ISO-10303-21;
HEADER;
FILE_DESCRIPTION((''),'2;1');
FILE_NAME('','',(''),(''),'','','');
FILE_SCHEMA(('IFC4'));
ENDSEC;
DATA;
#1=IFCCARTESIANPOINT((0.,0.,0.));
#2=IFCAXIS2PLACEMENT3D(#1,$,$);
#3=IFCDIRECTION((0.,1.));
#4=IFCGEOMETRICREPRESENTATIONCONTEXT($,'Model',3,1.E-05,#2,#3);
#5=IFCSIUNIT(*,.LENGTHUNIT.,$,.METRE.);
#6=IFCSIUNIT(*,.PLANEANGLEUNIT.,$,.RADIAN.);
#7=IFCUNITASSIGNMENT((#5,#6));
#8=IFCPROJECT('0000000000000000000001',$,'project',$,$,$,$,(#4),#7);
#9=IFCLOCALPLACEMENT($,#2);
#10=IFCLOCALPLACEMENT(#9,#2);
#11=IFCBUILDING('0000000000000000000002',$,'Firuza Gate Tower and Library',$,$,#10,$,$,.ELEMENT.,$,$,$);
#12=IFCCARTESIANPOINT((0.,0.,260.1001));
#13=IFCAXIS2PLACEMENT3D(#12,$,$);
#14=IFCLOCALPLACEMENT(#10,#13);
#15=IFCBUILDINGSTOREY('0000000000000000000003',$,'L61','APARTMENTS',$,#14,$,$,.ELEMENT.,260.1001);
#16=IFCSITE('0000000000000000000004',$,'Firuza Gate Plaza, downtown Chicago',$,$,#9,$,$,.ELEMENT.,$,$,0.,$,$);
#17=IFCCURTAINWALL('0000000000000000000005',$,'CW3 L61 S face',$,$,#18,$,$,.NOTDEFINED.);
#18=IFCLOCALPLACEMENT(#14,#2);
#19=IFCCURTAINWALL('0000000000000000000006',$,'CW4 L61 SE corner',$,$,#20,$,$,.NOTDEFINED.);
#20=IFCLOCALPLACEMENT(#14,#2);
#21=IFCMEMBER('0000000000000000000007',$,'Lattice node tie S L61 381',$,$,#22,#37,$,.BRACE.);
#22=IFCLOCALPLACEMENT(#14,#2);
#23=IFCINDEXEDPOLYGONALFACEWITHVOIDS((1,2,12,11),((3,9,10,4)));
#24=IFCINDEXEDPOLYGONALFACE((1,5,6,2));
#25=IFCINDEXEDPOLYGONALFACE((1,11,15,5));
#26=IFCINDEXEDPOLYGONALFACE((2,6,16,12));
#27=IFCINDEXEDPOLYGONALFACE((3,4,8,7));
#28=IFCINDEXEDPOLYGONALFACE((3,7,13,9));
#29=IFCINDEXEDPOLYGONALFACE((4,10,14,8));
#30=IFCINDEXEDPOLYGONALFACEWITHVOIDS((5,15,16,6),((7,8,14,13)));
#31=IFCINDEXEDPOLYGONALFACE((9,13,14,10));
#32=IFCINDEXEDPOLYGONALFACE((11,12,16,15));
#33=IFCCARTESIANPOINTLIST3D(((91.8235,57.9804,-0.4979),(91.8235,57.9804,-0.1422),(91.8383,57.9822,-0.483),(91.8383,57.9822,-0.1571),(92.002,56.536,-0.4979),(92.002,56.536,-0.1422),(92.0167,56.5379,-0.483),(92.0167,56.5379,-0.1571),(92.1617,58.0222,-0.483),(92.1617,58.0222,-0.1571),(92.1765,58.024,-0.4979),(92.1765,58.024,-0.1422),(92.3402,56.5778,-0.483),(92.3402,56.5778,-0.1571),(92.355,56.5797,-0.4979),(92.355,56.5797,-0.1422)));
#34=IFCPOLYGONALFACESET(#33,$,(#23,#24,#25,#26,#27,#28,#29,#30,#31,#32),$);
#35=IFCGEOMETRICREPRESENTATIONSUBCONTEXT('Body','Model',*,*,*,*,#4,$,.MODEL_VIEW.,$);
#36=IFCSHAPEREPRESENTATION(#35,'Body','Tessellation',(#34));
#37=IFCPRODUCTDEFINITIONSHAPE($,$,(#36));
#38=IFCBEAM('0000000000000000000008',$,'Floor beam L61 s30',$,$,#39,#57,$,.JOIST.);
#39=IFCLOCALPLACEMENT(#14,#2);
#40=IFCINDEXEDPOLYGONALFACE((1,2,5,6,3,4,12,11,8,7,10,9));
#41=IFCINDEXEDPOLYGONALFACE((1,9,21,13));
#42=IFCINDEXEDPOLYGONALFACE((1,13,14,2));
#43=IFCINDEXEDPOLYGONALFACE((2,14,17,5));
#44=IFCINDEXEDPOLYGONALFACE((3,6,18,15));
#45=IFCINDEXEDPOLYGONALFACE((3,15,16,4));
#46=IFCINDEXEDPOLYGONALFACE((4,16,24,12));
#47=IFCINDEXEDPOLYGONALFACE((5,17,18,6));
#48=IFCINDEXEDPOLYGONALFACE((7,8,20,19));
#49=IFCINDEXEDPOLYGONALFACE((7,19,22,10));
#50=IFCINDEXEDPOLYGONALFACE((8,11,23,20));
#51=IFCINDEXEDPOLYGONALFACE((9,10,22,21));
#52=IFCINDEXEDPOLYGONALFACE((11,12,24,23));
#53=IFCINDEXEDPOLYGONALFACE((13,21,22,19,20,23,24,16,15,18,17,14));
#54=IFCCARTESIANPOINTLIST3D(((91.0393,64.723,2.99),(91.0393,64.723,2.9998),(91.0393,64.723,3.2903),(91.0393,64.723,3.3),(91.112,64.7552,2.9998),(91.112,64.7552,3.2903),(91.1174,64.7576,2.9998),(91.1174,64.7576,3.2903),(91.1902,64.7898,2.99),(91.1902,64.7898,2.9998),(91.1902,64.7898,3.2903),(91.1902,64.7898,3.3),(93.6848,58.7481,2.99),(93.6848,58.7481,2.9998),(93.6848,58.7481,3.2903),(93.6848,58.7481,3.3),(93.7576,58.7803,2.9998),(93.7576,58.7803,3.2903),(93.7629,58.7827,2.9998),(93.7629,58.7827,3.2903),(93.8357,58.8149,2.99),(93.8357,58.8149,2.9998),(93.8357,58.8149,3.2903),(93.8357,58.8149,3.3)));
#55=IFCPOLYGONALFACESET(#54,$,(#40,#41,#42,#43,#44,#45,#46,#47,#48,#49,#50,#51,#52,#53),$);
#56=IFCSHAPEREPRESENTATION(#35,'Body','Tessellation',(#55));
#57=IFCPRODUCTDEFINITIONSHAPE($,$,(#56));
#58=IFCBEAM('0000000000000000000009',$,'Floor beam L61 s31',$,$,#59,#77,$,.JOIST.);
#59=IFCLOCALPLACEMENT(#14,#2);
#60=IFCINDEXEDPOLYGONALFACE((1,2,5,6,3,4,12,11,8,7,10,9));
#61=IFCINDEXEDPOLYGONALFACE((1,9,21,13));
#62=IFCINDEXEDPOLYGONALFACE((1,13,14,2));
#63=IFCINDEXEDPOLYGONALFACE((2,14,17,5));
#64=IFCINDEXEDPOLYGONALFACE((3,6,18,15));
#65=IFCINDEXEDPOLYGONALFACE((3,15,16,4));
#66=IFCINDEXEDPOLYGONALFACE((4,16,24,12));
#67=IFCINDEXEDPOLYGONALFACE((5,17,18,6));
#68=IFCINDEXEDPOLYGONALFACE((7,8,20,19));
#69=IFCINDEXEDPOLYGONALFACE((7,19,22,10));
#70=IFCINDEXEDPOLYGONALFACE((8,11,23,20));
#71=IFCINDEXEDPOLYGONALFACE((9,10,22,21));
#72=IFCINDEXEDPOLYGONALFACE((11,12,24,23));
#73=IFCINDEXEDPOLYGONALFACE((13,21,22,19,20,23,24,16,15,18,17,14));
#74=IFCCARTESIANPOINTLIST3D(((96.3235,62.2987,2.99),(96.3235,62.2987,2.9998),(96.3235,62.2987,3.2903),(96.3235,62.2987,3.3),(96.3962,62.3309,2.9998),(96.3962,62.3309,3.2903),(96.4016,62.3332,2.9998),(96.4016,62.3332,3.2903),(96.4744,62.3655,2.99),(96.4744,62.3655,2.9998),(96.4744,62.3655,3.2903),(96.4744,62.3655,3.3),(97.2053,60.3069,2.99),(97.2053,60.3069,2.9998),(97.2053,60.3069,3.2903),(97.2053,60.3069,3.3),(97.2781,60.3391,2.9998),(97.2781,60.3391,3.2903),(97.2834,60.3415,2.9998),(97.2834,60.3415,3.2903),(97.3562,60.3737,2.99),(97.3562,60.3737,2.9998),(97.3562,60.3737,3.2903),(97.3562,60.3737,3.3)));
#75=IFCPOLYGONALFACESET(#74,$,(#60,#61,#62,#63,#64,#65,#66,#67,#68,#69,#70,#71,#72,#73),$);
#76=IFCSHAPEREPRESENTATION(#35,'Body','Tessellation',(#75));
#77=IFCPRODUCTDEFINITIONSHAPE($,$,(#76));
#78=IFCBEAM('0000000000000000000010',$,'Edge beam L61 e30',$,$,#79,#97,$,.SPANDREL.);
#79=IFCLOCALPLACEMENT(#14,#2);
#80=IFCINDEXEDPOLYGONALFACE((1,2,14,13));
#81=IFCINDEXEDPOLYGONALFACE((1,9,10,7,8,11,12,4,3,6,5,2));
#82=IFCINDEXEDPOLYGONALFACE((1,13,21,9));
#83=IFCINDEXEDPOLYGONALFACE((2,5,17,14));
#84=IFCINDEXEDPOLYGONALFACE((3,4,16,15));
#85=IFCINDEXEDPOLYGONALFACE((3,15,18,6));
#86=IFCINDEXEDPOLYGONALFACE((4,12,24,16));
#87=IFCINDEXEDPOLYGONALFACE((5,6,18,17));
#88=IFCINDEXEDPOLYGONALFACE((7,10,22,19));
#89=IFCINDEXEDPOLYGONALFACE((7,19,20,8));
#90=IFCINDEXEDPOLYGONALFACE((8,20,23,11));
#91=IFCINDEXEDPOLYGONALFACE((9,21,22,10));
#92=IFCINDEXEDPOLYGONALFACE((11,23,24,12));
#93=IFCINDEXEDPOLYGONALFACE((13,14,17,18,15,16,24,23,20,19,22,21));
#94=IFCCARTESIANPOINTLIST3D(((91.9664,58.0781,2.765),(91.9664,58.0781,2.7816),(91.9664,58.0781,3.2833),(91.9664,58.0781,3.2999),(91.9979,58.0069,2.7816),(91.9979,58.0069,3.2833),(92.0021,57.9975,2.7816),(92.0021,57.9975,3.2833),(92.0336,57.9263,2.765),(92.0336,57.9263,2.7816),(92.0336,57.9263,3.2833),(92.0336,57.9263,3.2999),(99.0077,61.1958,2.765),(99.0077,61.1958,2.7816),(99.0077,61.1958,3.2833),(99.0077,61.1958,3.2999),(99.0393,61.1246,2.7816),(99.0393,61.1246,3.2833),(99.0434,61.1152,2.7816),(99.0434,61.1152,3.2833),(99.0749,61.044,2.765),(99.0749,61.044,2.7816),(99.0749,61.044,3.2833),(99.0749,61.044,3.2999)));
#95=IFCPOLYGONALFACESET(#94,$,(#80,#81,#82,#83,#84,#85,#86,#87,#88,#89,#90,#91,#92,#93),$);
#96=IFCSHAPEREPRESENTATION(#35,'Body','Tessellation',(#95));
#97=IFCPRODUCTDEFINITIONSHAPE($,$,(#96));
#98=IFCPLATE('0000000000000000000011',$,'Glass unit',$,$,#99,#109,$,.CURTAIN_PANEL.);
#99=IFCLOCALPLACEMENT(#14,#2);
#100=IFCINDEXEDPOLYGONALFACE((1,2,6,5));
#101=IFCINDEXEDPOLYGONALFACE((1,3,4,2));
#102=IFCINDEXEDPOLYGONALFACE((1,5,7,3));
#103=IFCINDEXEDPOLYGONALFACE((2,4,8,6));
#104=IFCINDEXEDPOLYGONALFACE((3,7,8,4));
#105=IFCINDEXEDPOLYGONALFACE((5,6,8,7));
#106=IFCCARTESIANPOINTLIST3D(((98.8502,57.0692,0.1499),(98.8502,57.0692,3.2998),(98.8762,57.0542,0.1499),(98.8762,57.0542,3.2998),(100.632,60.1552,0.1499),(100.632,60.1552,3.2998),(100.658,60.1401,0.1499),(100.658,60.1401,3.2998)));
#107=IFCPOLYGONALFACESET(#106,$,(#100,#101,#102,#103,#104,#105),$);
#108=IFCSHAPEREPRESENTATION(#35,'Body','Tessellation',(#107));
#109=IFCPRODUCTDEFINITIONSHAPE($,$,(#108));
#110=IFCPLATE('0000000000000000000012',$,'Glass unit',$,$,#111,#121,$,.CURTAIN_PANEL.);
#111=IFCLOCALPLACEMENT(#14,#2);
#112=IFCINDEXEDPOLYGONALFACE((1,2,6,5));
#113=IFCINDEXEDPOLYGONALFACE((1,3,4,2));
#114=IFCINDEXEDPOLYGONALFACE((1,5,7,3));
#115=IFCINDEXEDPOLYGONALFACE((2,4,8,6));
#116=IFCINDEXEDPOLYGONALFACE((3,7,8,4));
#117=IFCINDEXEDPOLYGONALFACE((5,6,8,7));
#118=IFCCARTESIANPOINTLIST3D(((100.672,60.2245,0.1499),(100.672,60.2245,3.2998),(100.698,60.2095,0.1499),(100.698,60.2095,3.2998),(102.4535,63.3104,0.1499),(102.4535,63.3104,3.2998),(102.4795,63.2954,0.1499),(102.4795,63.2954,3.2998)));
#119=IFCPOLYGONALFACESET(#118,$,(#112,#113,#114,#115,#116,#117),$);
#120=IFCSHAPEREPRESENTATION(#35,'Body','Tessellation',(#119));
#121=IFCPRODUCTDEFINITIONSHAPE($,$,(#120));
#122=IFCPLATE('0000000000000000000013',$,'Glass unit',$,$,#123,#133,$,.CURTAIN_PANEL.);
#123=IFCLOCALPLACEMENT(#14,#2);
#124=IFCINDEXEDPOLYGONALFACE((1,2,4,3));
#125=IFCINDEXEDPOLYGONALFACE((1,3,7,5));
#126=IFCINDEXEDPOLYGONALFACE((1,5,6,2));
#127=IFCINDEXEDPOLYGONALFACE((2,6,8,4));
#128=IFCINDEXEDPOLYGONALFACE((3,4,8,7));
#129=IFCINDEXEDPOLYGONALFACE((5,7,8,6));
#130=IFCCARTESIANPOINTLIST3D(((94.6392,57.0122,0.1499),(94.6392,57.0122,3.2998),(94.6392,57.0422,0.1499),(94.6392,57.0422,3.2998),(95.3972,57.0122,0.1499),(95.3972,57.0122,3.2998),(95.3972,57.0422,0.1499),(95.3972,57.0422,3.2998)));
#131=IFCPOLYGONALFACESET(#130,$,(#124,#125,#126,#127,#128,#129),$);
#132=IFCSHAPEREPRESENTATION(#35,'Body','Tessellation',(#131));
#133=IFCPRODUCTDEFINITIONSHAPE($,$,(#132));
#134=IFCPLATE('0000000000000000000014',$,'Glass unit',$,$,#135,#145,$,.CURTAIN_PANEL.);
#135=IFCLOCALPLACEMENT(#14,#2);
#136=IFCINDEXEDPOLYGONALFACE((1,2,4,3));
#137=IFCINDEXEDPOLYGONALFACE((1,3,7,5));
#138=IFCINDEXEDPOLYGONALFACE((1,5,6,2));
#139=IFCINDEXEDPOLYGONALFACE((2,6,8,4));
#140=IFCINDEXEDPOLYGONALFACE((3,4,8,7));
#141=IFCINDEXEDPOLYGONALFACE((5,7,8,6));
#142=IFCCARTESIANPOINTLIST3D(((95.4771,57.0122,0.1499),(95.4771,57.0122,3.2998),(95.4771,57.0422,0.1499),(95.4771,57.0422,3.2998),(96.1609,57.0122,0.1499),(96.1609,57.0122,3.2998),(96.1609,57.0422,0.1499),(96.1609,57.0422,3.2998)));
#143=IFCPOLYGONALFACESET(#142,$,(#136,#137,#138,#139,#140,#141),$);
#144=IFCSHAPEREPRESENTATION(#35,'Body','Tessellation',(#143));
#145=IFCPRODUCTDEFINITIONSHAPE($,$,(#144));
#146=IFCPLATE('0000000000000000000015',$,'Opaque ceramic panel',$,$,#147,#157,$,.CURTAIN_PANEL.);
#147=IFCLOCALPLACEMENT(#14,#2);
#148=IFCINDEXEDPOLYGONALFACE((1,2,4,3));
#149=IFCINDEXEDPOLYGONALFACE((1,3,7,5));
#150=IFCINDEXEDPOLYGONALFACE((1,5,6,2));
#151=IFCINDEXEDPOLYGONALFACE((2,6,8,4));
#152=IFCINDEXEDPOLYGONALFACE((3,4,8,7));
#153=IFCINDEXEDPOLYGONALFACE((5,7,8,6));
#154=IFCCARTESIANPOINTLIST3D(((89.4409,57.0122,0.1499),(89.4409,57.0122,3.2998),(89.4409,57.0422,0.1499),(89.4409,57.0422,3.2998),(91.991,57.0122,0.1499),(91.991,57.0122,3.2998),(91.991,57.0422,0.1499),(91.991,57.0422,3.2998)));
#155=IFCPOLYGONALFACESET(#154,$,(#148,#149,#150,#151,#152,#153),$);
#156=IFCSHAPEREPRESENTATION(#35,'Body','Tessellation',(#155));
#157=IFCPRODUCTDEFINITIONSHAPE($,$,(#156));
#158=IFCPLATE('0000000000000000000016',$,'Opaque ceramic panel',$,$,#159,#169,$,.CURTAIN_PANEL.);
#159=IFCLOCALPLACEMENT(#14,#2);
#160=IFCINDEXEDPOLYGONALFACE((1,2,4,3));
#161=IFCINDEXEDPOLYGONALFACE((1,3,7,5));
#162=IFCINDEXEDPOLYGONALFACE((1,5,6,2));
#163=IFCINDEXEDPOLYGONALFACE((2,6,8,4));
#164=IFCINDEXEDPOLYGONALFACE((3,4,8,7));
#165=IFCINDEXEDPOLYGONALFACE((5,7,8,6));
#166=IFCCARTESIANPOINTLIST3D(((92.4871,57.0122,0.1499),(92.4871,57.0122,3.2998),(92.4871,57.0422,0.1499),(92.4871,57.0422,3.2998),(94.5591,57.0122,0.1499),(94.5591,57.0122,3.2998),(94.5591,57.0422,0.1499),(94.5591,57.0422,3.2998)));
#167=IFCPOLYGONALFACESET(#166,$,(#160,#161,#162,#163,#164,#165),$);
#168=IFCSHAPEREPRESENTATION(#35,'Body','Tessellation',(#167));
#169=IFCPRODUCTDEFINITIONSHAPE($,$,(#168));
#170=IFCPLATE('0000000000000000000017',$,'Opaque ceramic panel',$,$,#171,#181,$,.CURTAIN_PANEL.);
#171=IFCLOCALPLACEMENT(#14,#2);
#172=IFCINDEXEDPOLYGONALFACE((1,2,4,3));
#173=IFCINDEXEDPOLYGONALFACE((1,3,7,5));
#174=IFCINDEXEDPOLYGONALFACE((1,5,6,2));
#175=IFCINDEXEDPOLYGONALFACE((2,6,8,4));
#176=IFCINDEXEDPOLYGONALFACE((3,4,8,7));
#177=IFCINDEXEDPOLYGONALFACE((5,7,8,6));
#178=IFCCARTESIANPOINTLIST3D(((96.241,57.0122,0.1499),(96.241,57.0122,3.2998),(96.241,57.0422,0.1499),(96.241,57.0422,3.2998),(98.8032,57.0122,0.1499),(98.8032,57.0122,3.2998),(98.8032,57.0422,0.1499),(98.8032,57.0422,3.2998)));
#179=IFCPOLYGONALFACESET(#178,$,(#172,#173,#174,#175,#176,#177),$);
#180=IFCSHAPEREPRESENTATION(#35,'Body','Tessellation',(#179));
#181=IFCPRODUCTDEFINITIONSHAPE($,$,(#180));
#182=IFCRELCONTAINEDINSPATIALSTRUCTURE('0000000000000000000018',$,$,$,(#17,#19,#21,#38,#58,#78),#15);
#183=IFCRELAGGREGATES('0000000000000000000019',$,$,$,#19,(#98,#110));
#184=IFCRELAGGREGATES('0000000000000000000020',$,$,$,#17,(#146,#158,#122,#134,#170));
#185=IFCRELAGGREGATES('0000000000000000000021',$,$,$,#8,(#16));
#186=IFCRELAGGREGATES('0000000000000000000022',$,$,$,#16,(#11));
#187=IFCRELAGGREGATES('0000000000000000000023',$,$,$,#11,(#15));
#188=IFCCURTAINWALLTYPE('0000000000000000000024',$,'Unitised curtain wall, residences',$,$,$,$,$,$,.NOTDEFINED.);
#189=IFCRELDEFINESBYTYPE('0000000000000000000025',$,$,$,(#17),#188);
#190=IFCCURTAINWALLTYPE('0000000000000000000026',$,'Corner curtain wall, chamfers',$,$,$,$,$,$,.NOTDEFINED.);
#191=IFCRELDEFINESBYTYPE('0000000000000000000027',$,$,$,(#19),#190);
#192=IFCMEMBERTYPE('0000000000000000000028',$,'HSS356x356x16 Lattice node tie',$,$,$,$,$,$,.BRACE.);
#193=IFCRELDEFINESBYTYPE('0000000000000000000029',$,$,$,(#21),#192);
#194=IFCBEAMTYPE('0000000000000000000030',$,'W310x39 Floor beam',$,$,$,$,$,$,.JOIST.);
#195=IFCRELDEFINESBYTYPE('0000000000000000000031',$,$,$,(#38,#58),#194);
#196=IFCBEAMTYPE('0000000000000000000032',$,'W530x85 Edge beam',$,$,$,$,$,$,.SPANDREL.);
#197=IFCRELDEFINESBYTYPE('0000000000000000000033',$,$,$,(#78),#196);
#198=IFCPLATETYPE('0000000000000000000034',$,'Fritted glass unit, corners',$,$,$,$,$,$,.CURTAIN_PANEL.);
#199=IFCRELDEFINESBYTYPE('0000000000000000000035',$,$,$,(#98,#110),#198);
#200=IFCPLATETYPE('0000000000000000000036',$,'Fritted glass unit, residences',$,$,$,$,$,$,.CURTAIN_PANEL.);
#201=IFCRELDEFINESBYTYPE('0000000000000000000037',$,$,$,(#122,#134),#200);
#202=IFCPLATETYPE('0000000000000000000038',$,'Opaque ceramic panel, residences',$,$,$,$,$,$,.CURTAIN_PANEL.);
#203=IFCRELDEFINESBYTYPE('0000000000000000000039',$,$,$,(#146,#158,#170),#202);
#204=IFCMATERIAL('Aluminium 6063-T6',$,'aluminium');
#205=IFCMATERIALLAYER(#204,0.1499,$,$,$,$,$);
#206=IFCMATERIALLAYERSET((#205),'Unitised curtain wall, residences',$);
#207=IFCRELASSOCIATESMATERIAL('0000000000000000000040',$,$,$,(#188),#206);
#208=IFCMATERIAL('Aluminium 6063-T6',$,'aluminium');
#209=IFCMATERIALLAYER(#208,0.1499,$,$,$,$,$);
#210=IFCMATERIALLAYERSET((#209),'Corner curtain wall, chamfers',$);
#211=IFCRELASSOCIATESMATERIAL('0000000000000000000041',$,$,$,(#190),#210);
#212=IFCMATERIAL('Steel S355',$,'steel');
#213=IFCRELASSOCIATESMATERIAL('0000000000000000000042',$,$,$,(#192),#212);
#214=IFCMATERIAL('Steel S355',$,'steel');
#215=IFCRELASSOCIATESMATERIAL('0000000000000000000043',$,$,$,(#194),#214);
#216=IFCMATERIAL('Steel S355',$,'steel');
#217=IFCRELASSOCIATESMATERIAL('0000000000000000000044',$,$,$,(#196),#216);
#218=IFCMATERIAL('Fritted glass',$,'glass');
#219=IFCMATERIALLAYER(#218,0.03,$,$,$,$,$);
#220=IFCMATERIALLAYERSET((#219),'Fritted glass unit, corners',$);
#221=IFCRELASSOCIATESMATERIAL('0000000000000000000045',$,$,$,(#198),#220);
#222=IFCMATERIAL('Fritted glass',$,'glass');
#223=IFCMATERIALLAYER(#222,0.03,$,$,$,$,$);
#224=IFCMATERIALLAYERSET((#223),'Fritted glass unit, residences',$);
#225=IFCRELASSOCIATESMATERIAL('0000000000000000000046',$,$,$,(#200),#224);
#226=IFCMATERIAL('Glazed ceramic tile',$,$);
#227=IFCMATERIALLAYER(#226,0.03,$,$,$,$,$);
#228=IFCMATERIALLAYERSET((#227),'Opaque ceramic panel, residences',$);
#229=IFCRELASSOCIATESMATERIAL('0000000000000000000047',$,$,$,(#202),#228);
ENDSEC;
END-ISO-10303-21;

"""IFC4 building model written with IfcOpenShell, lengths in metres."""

from ifc_helpers import new_model, si_unit, direction, frame, origin, origin_2d, place, context, subcontext, project, spatial, polyline, hollow_rectangle, i_section, outline, extrude, material, layer, layer_set, material_profile, profile_set, type_object, element, aggregate, save


model = new_model("IFC4")

# Units and contexts
model_context = context("Model", 3, precision=1e-05, world=origin(), true_north=direction((0.0, 1.0)))
body_context = subcontext(model_context, "Body", "Model", "MODEL_VIEW")
ifc_project = project(units=[si_unit("LENGTHUNIT", "METRE"), si_unit("PLANEANGLEUNIT", "RADIAN")], contexts=[model_context])

# Site, building, storey
site_placement = place(None, origin())
site = spatial("IfcSite", under=ifc_project, at=site_placement, Name="Firuza Gate Plaza, downtown Chicago", CompositionType="ELEMENT", RefElevation=0.0)
building_placement = place(site_placement, origin())
building = spatial("IfcBuilding", under=site, at=building_placement, Name="Firuza Gate Tower and Library", CompositionType="ELEMENT")
storey_placement = place(building_placement, frame((0.0, 0.0, 260.1001)))
storey = spatial("IfcBuildingStorey", under=building, at=storey_placement, Name="L61", Description="APARTMENTS", CompositionType="ELEMENT", Elevation=260.1001)

# Curtain walls
ifc_material_1 = material(Name="Aluminium 6063-T6", Category="aluminium")
ifc_layer_1 = layer(ifc_material_1, 0.1499)
ifc_layer_set_1 = layer_set([ifc_layer_1], Name="Unitised curtain wall, residences")
curtain_wall_type_1 = type_object("IfcCurtainWallType", Name="Unitised curtain wall, residences", PredefinedType="NOTDEFINED", material=ifc_layer_set_1)
placement = place(storey_placement, origin())
curtain_wall_1 = element("IfcCurtainWall", 1, at=placement, inside=storey, type_object=curtain_wall_type_1, Name="CW3 L61 S face", PredefinedType="NOTDEFINED")
ifc_material_2 = material(Name="Aluminium 6063-T6", Category="aluminium")
ifc_layer_2 = layer(ifc_material_2, 0.1499)
ifc_layer_set_2 = layer_set([ifc_layer_2], Name="Corner curtain wall, chamfers")
curtain_wall_type_2 = type_object("IfcCurtainWallType", Name="Corner curtain wall, chamfers", PredefinedType="NOTDEFINED", material=ifc_layer_set_2)
curtain_wall_2 = element("IfcCurtainWall", 2, at=placement, inside=storey, type_object=curtain_wall_type_2, Name="CW4 L61 SE corner", PredefinedType="NOTDEFINED")

# Member
ifc_material_3 = material(Name="Steel S355", Category="steel")
ifc_material_profile_1 = material_profile(ifc_material_3, hollow_rectangle(XDim=0.3557, YDim=0.3557, WallThickness=0.0149, at=origin_2d()))
ifc_profile_set_1 = profile_set([ifc_material_profile_1], Name="Steel S355")
member_type_1 = type_object("IfcMemberType", Name="HSS356x356x16 Lattice node tie", PredefinedType="BRACE", material=ifc_profile_set_1)
member_1_placement = place(storey_placement, frame((92.0, 58.0022, -0.3201), z_axis=(0.122631, -0.992452, 0.0), x_axis=(0.992452, 0.122631, 0.0)))
element("IfcMember", 3, at=member_1_placement, inside=storey, type_object=member_type_1, Name="Lattice node tie S L61 381", PredefinedType="BRACE", context=body_context, shape_type="SweptSolid", body=[
    extrude(hollow_rectangle(XDim=0.3557, YDim=0.3557, WallThickness=0.0149, at=origin_2d()), origin(), (0.0, 0.0, 1.0), 1.4553),
])

# Beams
ifc_material_4 = material(Name="Steel S355", Category="steel")
ifc_material_profile_2 = material_profile(ifc_material_4, i_section(OverallWidth=0.165, OverallDepth=0.3101, WebThickness=0.0059, FlangeThickness=0.0098, at=origin_2d()))
ifc_profile_set_2 = profile_set([ifc_material_profile_2], Name="Steel S355")
beam_type_1 = type_object("IfcBeamType", Name="W310x39 Floor beam", PredefinedType="JOIST", material=ifc_profile_set_2)
beam_1_placement = place(storey_placement, frame((93.7603, 58.7815, 3.145), z_axis=(-0.404862, 0.914378, 0.0), x_axis=(-0.914378, -0.404862, 0.0)))
element("IfcBeam", 4, at=beam_1_placement, inside=storey, type_object=beam_type_1, Name="Floor beam L61 s30", PredefinedType="JOIST", context=body_context, shape_type="SweptSolid", body=[
    extrude(i_section(OverallWidth=0.165, OverallDepth=0.3101, WebThickness=0.0059, FlangeThickness=0.0098, at=origin_2d()), origin(), (0.0, 0.0, 1.0), 6.5344),
])
beam_2_placement = place(storey_placement, frame((97.2808, 60.3403, 3.145), z_axis=(-0.404849, 0.914384, 0.0), x_axis=(-0.914384, -0.404849, 0.0)))
element("IfcBeam", 5, at=beam_2_placement, inside=storey, type_object=beam_type_1, Name="Floor beam L61 s31", PredefinedType="JOIST", context=body_context, shape_type="SweptSolid", body=[
    extrude(i_section(OverallWidth=0.165, OverallDepth=0.3101, WebThickness=0.0059, FlangeThickness=0.0098, at=origin_2d()), origin(), (0.0, 0.0, 1.0), 2.1782),
])
ifc_material_5 = material(Name="Steel S355", Category="steel")
ifc_material_profile_3 = material_profile(ifc_material_5, i_section(OverallWidth=0.166, OverallDepth=0.5349, WebThickness=0.0103, FlangeThickness=0.0166, at=origin_2d()))
ifc_profile_set_3 = profile_set([ifc_material_profile_3], Name="Steel S355")
beam_type_2 = type_object("IfcBeamType", Name="W530x85 Edge beam", PredefinedType="SPANDREL", material=ifc_profile_set_3)
beam_3_placement = place(storey_placement, frame((92.0, 58.0022, 3.0325), z_axis=(0.914378, 0.404861, 0.0), x_axis=(-0.404861, 0.914378, 0.0)))
element("IfcBeam", 6, at=beam_3_placement, inside=storey, type_object=beam_type_2, Name="Edge beam L61 e30", PredefinedType="SPANDREL", context=body_context, shape_type="SweptSolid", body=[
    extrude(i_section(OverallWidth=0.166, OverallDepth=0.5349, WebThickness=0.0103, FlangeThickness=0.0166, at=origin_2d()), origin(), (0.0, 0.0, 1.0), 7.7007),
])

# Plates
ifc_material_6 = material(Name="Fritted glass", Category="glass")
ifc_layer_3 = layer(ifc_material_6, 0.03)
ifc_layer_set_3 = layer_set([ifc_layer_3], Name="Fritted glass unit, corners")
plate_type_1 = type_object("IfcPlateType", Name="Fritted glass unit, corners", PredefinedType="CURTAIN_PANEL", material=ifc_layer_set_3)
plate_1_placement = place(storey_placement, frame((98.8762, 57.0542, 0.1499), z_axis=(0.866017, -0.500015, 0.0), x_axis=(0.500015, 0.866017, 0.0)))
plate_1 = element("IfcPlate", 7, at=plate_1_placement, type_object=plate_type_1, Name="Glass unit", PredefinedType="CURTAIN_PANEL", context=body_context, shape_type="SweptSolid", body=[
    extrude(outline(polyline([(0.0, 0.0), (3.5634, 0.0), (3.5634, 3.1499), (0.0, 3.1499), (0.0, 0.0)])), origin(), (0.0, 0.0, -1.0), 0.03),
])
plate_2_placement = place(storey_placement, frame((100.698, 60.2095, 0.1499), z_axis=(0.866046, -0.499964, 0.0), x_axis=(0.499964, 0.866046, 0.0)))
plate_2 = element("IfcPlate", 8, at=plate_2_placement, type_object=plate_type_1, Name="Glass unit", PredefinedType="CURTAIN_PANEL", context=body_context, shape_type="SweptSolid", body=[
    extrude(outline(polyline([(0.0, 0.0), (3.5632, 0.0), (3.5632, 3.1499), (0.0, 3.1499), (0.0, 0.0)])), origin(), (0.0, 0.0, -1.0), 0.03),
])
aggregate(curtain_wall_2, [plate_1, plate_2])
ifc_material_7 = material(Name="Fritted glass", Category="glass")
ifc_layer_4 = layer(ifc_material_7, 0.03)
ifc_layer_set_4 = layer_set([ifc_layer_4], Name="Fritted glass unit, residences")
plate_type_2 = type_object("IfcPlateType", Name="Fritted glass unit, residences", PredefinedType="CURTAIN_PANEL", material=ifc_layer_set_4)
plate_3_placement = place(storey_placement, frame((94.6392, 57.0122, 0.1499), z_axis=(0.0, -1.0, 0.0), x_axis=(1.0, 0.0, 0.0)))
plate_3 = element("IfcPlate", 9, at=plate_3_placement, type_object=plate_type_2, Name="Glass unit", PredefinedType="CURTAIN_PANEL", context=body_context, shape_type="SweptSolid", body=[
    extrude(outline(polyline([(0.0, 0.0), (0.7581, 0.0), (0.7581, 3.1499), (0.0, 3.1499), (0.0, 0.0)])), origin(), (0.0, 0.0, -1.0), 0.03),
])
plate_4_placement = place(storey_placement, frame((95.4771, 57.0122, 0.1499), z_axis=(0.0, -1.0, 0.0), x_axis=(1.0, 0.0, 0.0)))
plate_4 = element("IfcPlate", 10, at=plate_4_placement, type_object=plate_type_2, Name="Glass unit", PredefinedType="CURTAIN_PANEL", context=body_context, shape_type="SweptSolid", body=[
    extrude(outline(polyline([(0.0, 0.0), (0.6838, 0.0), (0.6838, 3.1499), (0.0, 3.1499), (0.0, 0.0)])), origin(), (0.0, 0.0, -1.0), 0.03),
])
ifc_material_8 = material(Name="Glazed ceramic tile")
ifc_layer_5 = layer(ifc_material_8, 0.03)
ifc_layer_set_5 = layer_set([ifc_layer_5], Name="Opaque ceramic panel, residences")
plate_type_3 = type_object("IfcPlateType", Name="Opaque ceramic panel, residences", PredefinedType="CURTAIN_PANEL", material=ifc_layer_set_5)
plate_5_placement = place(storey_placement, frame((89.4409, 57.0122, 0.1499), z_axis=(0.0, -1.0, 0.0), x_axis=(1.0, 0.0, 0.0)))
plate_5 = element("IfcPlate", 11, at=plate_5_placement, type_object=plate_type_3, Name="Opaque ceramic panel", PredefinedType="CURTAIN_PANEL", context=body_context, shape_type="SweptSolid", body=[
    extrude(outline(polyline([(0.0, 0.0), (2.55, 0.0), (2.55, 3.1499), (0.0, 3.1499), (0.0, 0.0)])), origin(), (0.0, 0.0, -1.0), 0.03),
])
plate_6_placement = place(storey_placement, frame((92.4871, 57.0122, 0.1499), z_axis=(0.0, -1.0, 0.0), x_axis=(1.0, 0.0, 0.0)))
plate_6 = element("IfcPlate", 12, at=plate_6_placement, type_object=plate_type_3, Name="Opaque ceramic panel", PredefinedType="CURTAIN_PANEL", context=body_context, shape_type="SweptSolid", body=[
    extrude(outline(polyline([(0.0, 0.0), (2.072, 0.0), (2.072, 3.1499), (0.0, 3.1499), (0.0, 0.0)])), origin(), (0.0, 0.0, -1.0), 0.03),
])
plate_7_placement = place(storey_placement, frame((96.241, 57.0122, 0.1499), z_axis=(0.0, -1.0, 0.0), x_axis=(1.0, 0.0, 0.0)))
plate_7 = element("IfcPlate", 13, at=plate_7_placement, type_object=plate_type_3, Name="Opaque ceramic panel", PredefinedType="CURTAIN_PANEL", context=body_context, shape_type="SweptSolid", body=[
    extrude(outline(polyline([(0.0, 0.0), (2.5623, 0.0), (2.5623, 3.1499), (0.0, 3.1499), (0.0, 0.0)])), origin(), (0.0, 0.0, -1.0), 0.03),
])
aggregate(curtain_wall_1, [plate_5, plate_6, plate_3, plate_4, plate_7])

save(model, "model.ifc")
